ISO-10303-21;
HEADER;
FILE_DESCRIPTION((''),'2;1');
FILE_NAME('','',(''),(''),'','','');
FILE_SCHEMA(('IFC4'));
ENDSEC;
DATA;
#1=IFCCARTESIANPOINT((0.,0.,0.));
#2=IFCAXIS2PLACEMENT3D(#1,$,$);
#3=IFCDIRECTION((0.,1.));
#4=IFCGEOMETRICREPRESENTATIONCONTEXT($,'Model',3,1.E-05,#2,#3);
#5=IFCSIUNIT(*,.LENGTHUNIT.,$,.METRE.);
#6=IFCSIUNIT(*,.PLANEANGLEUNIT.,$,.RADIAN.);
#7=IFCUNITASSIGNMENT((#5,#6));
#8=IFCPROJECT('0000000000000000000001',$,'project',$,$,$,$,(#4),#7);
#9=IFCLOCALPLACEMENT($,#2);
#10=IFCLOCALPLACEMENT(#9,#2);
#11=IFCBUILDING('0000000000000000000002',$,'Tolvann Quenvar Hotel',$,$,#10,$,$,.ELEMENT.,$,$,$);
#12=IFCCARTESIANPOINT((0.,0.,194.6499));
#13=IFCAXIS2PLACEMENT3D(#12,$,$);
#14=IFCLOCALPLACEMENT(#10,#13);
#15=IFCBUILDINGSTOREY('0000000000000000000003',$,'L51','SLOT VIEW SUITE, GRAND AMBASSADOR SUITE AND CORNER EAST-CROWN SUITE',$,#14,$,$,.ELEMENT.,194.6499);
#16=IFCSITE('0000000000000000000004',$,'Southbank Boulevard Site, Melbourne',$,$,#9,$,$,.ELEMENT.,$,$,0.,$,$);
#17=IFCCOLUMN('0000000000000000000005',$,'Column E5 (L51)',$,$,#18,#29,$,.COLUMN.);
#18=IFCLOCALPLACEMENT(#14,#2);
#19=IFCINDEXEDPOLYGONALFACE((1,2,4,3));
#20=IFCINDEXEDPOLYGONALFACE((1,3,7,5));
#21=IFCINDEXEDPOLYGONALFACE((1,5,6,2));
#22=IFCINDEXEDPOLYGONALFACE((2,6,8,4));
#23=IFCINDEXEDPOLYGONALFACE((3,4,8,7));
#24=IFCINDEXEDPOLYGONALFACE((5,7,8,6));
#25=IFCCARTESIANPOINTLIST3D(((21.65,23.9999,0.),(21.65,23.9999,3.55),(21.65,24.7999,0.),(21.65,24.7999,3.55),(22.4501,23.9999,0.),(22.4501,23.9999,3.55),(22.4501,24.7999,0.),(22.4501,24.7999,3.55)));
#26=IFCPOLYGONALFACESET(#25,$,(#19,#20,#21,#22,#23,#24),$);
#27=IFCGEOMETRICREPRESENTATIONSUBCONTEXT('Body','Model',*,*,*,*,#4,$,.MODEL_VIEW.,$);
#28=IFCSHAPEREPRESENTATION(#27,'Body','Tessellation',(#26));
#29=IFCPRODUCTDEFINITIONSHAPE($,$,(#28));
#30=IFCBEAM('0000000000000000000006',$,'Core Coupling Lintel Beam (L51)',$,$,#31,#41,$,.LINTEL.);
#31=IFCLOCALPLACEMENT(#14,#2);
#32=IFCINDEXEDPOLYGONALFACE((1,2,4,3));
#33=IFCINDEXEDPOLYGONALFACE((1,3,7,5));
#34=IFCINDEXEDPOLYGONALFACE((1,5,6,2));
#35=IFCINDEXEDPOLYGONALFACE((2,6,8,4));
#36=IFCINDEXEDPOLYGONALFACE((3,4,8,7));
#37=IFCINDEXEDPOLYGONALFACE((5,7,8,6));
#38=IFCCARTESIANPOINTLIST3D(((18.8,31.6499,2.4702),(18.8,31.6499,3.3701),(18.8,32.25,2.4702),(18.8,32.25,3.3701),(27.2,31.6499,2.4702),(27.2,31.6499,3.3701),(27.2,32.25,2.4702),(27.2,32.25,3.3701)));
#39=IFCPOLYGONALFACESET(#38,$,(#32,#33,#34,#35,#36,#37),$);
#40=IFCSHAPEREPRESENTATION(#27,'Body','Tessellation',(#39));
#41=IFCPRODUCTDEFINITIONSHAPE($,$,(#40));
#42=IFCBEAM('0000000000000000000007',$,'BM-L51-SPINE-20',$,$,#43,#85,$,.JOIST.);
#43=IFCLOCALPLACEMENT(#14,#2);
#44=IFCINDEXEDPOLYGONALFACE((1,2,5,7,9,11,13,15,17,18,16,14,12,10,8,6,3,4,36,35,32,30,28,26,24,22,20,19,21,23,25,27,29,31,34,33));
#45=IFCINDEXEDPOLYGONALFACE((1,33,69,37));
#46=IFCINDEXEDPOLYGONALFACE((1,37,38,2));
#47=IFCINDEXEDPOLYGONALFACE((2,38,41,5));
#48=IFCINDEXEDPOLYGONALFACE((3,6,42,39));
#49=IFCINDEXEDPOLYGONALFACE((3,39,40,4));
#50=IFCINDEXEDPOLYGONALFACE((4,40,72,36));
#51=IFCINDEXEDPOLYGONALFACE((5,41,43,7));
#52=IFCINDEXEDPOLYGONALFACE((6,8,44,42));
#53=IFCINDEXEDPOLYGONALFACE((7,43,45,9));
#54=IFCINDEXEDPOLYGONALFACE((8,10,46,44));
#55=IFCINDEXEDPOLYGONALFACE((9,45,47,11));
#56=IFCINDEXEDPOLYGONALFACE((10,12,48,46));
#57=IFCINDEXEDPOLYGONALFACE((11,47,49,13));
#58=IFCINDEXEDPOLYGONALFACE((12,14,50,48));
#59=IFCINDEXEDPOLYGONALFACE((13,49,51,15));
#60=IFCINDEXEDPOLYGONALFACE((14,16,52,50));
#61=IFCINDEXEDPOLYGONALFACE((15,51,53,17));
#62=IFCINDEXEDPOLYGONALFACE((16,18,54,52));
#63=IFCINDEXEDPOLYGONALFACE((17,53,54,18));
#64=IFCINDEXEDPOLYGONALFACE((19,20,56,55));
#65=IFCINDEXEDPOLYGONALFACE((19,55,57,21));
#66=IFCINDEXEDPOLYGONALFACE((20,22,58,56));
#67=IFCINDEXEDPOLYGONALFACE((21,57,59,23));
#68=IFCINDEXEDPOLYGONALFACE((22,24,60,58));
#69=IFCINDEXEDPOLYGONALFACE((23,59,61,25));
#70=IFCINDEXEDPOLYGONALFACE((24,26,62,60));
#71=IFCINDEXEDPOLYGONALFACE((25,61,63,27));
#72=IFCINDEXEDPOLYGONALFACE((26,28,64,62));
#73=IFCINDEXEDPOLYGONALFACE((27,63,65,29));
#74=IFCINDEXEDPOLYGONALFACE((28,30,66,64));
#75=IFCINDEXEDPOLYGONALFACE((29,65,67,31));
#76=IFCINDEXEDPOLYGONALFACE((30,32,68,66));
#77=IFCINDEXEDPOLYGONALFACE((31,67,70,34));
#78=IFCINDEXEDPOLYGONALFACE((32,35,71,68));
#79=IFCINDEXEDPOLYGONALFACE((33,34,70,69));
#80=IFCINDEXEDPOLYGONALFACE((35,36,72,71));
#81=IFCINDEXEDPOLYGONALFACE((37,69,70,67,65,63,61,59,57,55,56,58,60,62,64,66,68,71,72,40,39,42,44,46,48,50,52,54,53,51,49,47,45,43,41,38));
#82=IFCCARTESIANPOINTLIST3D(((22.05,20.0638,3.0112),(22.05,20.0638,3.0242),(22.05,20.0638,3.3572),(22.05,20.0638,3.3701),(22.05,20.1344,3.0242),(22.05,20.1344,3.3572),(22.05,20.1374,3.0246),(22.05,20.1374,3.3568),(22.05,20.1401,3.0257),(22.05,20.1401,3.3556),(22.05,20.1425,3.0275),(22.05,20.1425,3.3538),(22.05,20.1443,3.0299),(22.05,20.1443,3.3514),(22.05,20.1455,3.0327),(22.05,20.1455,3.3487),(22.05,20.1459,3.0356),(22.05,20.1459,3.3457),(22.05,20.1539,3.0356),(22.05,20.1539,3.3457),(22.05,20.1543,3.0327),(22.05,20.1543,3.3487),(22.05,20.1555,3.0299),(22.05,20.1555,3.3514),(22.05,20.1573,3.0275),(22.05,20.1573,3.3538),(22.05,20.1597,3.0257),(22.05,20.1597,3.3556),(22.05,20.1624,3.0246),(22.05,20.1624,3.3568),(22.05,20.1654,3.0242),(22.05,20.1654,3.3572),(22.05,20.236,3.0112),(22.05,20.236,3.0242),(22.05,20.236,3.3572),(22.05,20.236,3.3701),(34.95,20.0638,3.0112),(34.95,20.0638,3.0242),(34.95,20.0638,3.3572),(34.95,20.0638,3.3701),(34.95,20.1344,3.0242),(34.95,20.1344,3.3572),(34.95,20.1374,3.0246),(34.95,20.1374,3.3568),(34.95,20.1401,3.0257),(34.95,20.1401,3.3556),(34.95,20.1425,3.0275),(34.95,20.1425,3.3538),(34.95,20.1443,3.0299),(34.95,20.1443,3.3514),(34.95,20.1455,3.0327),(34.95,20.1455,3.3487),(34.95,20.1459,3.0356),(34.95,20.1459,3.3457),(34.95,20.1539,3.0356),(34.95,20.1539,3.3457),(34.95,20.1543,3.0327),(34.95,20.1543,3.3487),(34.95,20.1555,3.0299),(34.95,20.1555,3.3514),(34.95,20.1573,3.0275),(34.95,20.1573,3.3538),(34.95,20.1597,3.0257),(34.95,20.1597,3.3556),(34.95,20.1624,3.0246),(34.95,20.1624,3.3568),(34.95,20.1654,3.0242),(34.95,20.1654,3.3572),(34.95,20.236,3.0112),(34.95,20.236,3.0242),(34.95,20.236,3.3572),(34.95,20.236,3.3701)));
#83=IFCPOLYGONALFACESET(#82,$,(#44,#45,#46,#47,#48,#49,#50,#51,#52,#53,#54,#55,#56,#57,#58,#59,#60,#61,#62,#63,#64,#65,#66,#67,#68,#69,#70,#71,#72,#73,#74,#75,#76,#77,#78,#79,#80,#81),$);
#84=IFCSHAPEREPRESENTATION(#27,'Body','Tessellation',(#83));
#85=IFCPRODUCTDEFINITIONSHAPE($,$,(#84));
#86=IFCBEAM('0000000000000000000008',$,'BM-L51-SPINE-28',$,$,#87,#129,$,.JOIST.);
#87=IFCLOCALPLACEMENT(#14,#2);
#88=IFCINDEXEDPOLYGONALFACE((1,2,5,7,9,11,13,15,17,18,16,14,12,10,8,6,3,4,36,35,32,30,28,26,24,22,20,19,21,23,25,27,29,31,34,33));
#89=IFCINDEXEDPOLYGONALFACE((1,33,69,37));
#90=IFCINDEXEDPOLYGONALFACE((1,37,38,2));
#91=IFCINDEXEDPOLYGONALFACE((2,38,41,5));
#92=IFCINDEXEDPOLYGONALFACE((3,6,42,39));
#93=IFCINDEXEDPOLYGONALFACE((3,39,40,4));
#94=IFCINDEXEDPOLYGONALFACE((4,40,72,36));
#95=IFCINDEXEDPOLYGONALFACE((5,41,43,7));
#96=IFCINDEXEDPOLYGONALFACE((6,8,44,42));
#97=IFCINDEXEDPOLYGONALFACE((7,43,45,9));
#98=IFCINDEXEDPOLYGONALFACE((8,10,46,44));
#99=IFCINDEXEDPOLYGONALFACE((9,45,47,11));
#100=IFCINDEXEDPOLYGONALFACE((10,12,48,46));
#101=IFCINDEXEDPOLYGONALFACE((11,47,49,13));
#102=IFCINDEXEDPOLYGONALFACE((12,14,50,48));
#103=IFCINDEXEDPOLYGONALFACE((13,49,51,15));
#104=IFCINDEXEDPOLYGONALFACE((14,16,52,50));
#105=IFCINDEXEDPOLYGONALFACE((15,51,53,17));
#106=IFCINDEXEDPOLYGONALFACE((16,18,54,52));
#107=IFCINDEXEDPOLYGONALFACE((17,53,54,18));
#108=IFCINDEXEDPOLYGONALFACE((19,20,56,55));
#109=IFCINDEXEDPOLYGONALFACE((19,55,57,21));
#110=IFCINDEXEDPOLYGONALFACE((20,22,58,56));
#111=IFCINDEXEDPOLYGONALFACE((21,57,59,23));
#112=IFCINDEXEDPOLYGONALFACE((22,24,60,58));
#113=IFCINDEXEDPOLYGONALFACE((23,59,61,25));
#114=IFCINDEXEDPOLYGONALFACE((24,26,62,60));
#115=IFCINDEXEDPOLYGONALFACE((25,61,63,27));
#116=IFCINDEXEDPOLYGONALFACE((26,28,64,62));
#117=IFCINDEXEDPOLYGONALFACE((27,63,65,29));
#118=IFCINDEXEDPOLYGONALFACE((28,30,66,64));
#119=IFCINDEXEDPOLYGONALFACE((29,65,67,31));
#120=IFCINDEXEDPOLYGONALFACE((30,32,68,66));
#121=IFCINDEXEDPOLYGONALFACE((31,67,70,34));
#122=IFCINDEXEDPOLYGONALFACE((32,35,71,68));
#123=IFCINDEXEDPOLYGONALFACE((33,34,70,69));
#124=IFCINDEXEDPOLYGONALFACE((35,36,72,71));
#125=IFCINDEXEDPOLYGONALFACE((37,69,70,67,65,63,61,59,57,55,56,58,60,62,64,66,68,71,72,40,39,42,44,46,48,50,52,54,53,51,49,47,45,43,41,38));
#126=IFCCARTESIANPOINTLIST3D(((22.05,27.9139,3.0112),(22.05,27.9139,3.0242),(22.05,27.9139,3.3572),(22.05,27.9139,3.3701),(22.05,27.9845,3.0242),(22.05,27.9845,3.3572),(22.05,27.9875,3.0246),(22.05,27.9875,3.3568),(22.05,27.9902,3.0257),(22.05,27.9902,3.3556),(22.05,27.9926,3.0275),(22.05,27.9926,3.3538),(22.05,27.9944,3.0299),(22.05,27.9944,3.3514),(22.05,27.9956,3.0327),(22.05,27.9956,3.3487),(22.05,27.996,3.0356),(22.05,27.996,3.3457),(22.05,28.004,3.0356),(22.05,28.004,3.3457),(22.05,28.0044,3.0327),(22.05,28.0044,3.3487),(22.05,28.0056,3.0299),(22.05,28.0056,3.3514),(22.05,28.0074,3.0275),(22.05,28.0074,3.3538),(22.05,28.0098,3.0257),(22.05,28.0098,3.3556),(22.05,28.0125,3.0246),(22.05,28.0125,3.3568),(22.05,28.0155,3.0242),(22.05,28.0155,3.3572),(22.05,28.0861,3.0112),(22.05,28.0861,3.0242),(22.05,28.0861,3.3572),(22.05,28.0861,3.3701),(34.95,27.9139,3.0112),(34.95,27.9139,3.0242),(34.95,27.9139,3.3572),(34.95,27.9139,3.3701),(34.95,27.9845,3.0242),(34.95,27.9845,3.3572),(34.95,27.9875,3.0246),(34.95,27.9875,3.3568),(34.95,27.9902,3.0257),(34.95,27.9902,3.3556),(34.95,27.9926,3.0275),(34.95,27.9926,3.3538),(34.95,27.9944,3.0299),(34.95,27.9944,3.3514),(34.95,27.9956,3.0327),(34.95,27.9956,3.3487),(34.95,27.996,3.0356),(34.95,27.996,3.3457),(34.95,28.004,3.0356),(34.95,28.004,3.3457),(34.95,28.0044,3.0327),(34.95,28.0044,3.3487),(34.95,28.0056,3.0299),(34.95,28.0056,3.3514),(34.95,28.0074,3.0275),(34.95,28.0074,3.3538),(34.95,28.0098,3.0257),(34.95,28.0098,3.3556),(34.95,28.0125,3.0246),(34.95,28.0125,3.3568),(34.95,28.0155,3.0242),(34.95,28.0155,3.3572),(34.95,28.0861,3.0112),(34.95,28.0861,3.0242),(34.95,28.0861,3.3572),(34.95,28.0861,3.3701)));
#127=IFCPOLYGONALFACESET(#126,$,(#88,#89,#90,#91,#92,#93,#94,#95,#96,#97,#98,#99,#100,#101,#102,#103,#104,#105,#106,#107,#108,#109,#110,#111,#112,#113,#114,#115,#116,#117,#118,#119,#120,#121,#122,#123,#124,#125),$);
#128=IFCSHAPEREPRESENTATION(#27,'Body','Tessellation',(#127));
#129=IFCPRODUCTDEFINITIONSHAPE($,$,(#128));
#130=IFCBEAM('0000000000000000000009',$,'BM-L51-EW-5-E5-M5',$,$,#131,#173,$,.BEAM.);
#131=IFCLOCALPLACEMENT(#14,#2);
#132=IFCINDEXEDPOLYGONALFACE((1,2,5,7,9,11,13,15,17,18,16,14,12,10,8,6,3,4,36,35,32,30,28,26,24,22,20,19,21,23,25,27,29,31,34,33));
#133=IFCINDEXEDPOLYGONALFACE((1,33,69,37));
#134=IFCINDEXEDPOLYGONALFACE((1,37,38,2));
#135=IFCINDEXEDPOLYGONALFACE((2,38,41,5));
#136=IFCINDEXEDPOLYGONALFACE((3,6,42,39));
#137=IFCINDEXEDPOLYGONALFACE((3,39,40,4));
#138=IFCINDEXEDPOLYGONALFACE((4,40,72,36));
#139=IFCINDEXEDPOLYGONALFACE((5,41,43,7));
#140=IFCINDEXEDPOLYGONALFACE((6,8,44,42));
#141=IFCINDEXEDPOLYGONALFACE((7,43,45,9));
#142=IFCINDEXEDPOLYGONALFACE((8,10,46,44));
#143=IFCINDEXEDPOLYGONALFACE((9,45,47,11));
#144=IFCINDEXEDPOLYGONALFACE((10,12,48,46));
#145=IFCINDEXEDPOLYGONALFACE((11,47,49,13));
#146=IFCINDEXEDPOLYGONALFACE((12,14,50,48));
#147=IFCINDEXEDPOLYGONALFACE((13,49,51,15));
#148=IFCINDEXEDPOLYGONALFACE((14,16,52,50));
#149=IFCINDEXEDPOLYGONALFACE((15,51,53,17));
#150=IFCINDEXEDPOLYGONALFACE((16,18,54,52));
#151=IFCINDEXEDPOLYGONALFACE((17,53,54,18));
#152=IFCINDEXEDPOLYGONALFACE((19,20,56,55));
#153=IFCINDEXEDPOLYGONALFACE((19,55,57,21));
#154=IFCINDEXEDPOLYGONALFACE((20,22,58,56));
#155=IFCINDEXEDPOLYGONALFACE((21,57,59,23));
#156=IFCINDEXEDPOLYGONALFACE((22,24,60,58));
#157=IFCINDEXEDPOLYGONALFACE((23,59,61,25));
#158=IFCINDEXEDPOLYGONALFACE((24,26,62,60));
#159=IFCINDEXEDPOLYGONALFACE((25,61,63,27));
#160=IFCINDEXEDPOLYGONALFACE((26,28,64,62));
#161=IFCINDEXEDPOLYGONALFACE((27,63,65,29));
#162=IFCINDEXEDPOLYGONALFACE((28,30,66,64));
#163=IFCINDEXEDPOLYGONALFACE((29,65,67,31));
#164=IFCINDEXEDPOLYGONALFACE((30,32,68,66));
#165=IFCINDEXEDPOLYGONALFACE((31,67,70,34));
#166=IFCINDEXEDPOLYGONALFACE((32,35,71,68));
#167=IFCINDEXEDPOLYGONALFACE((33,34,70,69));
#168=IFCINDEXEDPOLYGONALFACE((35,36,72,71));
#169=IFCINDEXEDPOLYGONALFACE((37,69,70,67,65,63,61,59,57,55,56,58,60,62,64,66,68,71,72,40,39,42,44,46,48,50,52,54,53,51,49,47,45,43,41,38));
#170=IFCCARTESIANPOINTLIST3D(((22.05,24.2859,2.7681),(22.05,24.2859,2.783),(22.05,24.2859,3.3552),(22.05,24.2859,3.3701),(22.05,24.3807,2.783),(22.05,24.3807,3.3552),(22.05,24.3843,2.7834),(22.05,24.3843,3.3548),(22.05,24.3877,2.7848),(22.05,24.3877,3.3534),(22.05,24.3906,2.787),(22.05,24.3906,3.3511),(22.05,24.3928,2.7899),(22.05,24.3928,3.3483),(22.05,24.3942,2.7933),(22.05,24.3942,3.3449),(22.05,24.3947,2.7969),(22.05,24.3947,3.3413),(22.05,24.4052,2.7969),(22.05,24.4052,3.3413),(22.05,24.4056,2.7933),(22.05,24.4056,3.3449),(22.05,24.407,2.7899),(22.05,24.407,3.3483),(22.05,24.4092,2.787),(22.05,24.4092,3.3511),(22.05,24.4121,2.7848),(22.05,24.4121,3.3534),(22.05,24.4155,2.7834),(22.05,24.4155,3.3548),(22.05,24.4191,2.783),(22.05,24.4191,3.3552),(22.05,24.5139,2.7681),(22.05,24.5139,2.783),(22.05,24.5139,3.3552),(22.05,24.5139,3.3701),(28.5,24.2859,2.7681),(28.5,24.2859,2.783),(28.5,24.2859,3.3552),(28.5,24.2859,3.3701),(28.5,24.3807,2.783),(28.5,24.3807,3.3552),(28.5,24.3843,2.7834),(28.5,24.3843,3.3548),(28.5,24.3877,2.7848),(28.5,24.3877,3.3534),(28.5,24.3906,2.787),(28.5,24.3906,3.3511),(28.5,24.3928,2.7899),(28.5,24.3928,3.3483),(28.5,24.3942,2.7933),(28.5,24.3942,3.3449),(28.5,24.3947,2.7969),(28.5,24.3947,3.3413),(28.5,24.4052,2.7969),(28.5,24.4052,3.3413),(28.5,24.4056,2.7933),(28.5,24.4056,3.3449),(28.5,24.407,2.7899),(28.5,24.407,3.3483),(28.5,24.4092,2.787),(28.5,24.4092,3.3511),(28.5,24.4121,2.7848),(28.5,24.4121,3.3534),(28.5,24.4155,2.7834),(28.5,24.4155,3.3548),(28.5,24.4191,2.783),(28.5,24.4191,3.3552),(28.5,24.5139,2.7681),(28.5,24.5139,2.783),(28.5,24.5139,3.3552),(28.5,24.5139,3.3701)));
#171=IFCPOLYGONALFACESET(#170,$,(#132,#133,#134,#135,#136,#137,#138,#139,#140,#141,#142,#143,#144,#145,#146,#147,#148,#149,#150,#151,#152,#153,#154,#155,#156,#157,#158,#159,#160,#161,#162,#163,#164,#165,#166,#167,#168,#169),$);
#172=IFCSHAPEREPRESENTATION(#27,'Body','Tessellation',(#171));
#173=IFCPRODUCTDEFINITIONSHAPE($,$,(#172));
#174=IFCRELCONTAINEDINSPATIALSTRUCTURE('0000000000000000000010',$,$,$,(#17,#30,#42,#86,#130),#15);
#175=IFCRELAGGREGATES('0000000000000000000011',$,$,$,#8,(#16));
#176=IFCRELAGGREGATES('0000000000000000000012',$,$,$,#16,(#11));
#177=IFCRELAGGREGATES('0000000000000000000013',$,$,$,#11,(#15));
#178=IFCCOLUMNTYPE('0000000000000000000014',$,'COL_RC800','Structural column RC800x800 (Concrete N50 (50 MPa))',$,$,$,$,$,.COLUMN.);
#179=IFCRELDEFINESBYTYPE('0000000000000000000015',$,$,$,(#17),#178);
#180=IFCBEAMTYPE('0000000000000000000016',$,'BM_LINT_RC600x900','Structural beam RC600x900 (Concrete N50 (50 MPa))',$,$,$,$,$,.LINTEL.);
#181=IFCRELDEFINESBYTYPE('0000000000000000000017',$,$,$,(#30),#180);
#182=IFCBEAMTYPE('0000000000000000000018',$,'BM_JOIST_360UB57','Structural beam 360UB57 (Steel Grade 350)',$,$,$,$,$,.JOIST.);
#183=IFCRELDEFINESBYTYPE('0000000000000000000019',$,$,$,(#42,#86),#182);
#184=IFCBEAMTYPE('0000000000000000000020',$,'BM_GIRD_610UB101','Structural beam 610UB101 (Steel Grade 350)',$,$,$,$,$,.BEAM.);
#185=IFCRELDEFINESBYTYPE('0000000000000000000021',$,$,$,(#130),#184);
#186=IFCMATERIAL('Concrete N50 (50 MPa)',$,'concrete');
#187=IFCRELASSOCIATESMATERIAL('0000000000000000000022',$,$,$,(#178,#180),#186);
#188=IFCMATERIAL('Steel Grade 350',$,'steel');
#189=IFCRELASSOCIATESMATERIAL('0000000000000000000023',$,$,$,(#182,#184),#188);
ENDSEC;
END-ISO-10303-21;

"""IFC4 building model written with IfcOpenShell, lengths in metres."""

from ifc_helpers import new_model, si_unit, direction, frame, origin, origin_2d, place, context, subcontext, project, spatial, rectangle, i_section, extrude, source, transform, mapped, material, material_profile, profile_set, type_object, type_shapes, element, save


model = new_model("IFC4")

# Units and contexts
model_context = context("Model", 3, precision=1e-05, world=origin(), true_north=direction((0.0, 1.0)))
body_context = subcontext(model_context, "Body", "Model", "MODEL_VIEW")
ifc_project = project(units=[si_unit("LENGTHUNIT", "METRE"), si_unit("PLANEANGLEUNIT", "RADIAN")], contexts=[model_context])

# Site, building, storey
site_placement = place(None, origin())
site = spatial("IfcSite", under=ifc_project, at=site_placement, Name="Southbank Boulevard Site, Melbourne", CompositionType="ELEMENT", RefElevation=0.0)
building_placement = place(site_placement, origin())
building = spatial("IfcBuilding", under=site, at=building_placement, Name="Tolvann Quenvar Hotel", CompositionType="ELEMENT")
storey_placement = place(building_placement, frame((0.0, 0.0, 194.6499)))
storey = spatial("IfcBuildingStorey", under=building, at=storey_placement, Name="L51", Description="SLOT VIEW SUITE, GRAND AMBASSADOR SUITE AND CORNER EAST-CROWN SUITE", CompositionType="ELEMENT", Elevation=194.6499)

# Column
ifc_material_1 = material(Name="Concrete N50 (50 MPa)", Category="concrete")
ifc_material_profile_1 = material_profile(ifc_material_1, rectangle(XDim=0.8, YDim=0.8, at=origin_2d()), Name="RC800x800")
ifc_profile_set_1 = profile_set([ifc_material_profile_1], Name="Concrete N50 (50 MPa)")
column_type = type_object("IfcColumnType", Name="COL_RC800", Description="Structural column RC800x800 (Concrete N50 (50 MPa))", PredefinedType="COLUMN", material=ifc_profile_set_1)
shared_shape_1 = source(origin(), body_context, "Body", "SweptSolid", [
    extrude(rectangle(XDim=0.8, YDim=0.8, at=origin_2d()), origin(), (0.0, 0.0, 1.0), 3.55),
])
type_shapes(column_type, [shared_shape_1])
column_placement = place(storey_placement, frame((22.05, 24.3999, 0.0), z_axis=(0.0, 0.0, 1.0), x_axis=(1.0, 0.0, 0.0)))
element("IfcColumn", 1, at=column_placement, inside=storey, type_object=column_type, Name="Column E5 (L51)", PredefinedType="COLUMN", context=body_context, shape_type="MappedRepresentation", body=[
    mapped(shared_shape_1, transform((0.0, 0.0, 0.0), x_axis=(1.0, 0.0, 0.0), y_axis=(0.0, 1.0, 0.0), z_axis=(0.0, 0.0, 1.0), scale=1.0)),
])

# Beams
ifc_material_profile_2 = material_profile(ifc_material_1, rectangle(XDim=0.6001, YDim=0.8999, at=origin_2d()), Name="RC600x900")
ifc_profile_set_2 = profile_set([ifc_material_profile_2], Name="Concrete N50 (50 MPa)")
beam_type_1 = type_object("IfcBeamType", Name="BM_LINT_RC600x900", Description="Structural beam RC600x900 (Concrete N50 (50 MPa))", PredefinedType="LINTEL", material=ifc_profile_set_2)
shared_shape_2 = source(origin(), body_context, "Body", "SweptSolid", [
    extrude(rectangle(XDim=0.6001, YDim=0.8999, at=origin_2d()), origin(), (0.0, 0.0, 1.0), 8.3999),
])
type_shapes(beam_type_1, [shared_shape_2])
beam_1_placement = place(storey_placement, frame((18.8, 31.95, 2.9202), z_axis=(1.0, 0.0, 0.0), x_axis=(0.0, 1.0, 0.0)))
element("IfcBeam", 2, at=beam_1_placement, inside=storey, type_object=beam_type_1, Name="Core Coupling Lintel Beam (L51)", PredefinedType="LINTEL", context=body_context, shape_type="MappedRepresentation", body=[
    mapped(shared_shape_2, transform((0.0, 0.0, 0.0), x_axis=(1.0, 0.0, 0.0), y_axis=(0.0, 1.0, 0.0), z_axis=(0.0, 0.0, 1.0), scale=1.0)),
])
ifc_material_2 = material(Name="Steel Grade 350", Category="steel")
ifc_material_profile_3 = material_profile(ifc_material_2, i_section(OverallWidth=0.1721, OverallDepth=0.3589, WebThickness=0.0081, FlangeThickness=0.0129, FilletRadius=0.0115, at=origin_2d()), Name="360UB57")
ifc_profile_set_3 = profile_set([ifc_material_profile_3], Name="Steel Grade 350")
beam_type_2 = type_object("IfcBeamType", Name="BM_JOIST_360UB57", Description="Structural beam 360UB57 (Steel Grade 350)", PredefinedType="JOIST", material=ifc_profile_set_3)
shared_shape_3 = source(origin(), body_context, "Body", "SweptSolid", [
    extrude(i_section(OverallWidth=0.1721, OverallDepth=0.3589, WebThickness=0.0081, FlangeThickness=0.0129, FilletRadius=0.0115, at=origin_2d()), origin(), (0.0, 0.0, 1.0), 12.8999),
])
type_shapes(beam_type_2, [shared_shape_3])
for number, where, z_axis, x_axis, name in (
    (3, (22.05, 20.1499, 3.1907), (1.0, 0.0, 0.0), (0.0, 1.0, 0.0), "BM-L51-SPINE-20"),
    (4, (22.05, 28.0, 3.1907), (1.0, 0.0, 0.0), (0.0, 1.0, 0.0), "BM-L51-SPINE-28"),
):
    element("IfcBeam", number, at=place(storey_placement, frame(where, z_axis=z_axis, x_axis=x_axis)), inside=storey, type_object=beam_type_2, Name=name, PredefinedType="JOIST", context=body_context, shape_type="MappedRepresentation", body=[
        mapped(shared_shape_3, transform((0.0, 0.0, 0.0), x_axis=(1.0, 0.0, 0.0), y_axis=(0.0, 1.0, 0.0), z_axis=(0.0, 0.0, 1.0), scale=1.0)),
    ])
ifc_material_profile_4 = material_profile(ifc_material_2, i_section(OverallWidth=0.228, OverallDepth=0.6021, WebThickness=0.0105, FlangeThickness=0.0149, FilletRadius=0.0139, at=origin_2d()), Name="610UB101")
ifc_profile_set_4 = profile_set([ifc_material_profile_4], Name="Steel Grade 350")
beam_type_3 = type_object("IfcBeamType", Name="BM_GIRD_610UB101", Description="Structural beam 610UB101 (Steel Grade 350)", PredefinedType="BEAM", material=ifc_profile_set_4)
shared_shape_4 = source(origin(), body_context, "Body", "SweptSolid", [
    extrude(i_section(OverallWidth=0.228, OverallDepth=0.6021, WebThickness=0.0105, FlangeThickness=0.0149, FilletRadius=0.0139, at=origin_2d()), origin(), (0.0, 0.0, 1.0), 6.45),
])
beam_2_placement = place(storey_placement, frame((22.05, 24.3999, 3.0691), z_axis=(1.0, 0.0, 0.0), x_axis=(0.0, 1.0, 0.0)))
element("IfcBeam", 5, at=beam_2_placement, inside=storey, type_object=beam_type_3, Name="BM-L51-EW-5-E5-M5", PredefinedType="BEAM", context=body_context, shape_type="MappedRepresentation", body=[
    mapped(shared_shape_4, transform((0.0, 0.0, 0.0), x_axis=(1.0, 0.0, 0.0), y_axis=(0.0, 1.0, 0.0), z_axis=(0.0, 0.0, 1.0), scale=1.0)),
])

save(model, "model.ifc")
